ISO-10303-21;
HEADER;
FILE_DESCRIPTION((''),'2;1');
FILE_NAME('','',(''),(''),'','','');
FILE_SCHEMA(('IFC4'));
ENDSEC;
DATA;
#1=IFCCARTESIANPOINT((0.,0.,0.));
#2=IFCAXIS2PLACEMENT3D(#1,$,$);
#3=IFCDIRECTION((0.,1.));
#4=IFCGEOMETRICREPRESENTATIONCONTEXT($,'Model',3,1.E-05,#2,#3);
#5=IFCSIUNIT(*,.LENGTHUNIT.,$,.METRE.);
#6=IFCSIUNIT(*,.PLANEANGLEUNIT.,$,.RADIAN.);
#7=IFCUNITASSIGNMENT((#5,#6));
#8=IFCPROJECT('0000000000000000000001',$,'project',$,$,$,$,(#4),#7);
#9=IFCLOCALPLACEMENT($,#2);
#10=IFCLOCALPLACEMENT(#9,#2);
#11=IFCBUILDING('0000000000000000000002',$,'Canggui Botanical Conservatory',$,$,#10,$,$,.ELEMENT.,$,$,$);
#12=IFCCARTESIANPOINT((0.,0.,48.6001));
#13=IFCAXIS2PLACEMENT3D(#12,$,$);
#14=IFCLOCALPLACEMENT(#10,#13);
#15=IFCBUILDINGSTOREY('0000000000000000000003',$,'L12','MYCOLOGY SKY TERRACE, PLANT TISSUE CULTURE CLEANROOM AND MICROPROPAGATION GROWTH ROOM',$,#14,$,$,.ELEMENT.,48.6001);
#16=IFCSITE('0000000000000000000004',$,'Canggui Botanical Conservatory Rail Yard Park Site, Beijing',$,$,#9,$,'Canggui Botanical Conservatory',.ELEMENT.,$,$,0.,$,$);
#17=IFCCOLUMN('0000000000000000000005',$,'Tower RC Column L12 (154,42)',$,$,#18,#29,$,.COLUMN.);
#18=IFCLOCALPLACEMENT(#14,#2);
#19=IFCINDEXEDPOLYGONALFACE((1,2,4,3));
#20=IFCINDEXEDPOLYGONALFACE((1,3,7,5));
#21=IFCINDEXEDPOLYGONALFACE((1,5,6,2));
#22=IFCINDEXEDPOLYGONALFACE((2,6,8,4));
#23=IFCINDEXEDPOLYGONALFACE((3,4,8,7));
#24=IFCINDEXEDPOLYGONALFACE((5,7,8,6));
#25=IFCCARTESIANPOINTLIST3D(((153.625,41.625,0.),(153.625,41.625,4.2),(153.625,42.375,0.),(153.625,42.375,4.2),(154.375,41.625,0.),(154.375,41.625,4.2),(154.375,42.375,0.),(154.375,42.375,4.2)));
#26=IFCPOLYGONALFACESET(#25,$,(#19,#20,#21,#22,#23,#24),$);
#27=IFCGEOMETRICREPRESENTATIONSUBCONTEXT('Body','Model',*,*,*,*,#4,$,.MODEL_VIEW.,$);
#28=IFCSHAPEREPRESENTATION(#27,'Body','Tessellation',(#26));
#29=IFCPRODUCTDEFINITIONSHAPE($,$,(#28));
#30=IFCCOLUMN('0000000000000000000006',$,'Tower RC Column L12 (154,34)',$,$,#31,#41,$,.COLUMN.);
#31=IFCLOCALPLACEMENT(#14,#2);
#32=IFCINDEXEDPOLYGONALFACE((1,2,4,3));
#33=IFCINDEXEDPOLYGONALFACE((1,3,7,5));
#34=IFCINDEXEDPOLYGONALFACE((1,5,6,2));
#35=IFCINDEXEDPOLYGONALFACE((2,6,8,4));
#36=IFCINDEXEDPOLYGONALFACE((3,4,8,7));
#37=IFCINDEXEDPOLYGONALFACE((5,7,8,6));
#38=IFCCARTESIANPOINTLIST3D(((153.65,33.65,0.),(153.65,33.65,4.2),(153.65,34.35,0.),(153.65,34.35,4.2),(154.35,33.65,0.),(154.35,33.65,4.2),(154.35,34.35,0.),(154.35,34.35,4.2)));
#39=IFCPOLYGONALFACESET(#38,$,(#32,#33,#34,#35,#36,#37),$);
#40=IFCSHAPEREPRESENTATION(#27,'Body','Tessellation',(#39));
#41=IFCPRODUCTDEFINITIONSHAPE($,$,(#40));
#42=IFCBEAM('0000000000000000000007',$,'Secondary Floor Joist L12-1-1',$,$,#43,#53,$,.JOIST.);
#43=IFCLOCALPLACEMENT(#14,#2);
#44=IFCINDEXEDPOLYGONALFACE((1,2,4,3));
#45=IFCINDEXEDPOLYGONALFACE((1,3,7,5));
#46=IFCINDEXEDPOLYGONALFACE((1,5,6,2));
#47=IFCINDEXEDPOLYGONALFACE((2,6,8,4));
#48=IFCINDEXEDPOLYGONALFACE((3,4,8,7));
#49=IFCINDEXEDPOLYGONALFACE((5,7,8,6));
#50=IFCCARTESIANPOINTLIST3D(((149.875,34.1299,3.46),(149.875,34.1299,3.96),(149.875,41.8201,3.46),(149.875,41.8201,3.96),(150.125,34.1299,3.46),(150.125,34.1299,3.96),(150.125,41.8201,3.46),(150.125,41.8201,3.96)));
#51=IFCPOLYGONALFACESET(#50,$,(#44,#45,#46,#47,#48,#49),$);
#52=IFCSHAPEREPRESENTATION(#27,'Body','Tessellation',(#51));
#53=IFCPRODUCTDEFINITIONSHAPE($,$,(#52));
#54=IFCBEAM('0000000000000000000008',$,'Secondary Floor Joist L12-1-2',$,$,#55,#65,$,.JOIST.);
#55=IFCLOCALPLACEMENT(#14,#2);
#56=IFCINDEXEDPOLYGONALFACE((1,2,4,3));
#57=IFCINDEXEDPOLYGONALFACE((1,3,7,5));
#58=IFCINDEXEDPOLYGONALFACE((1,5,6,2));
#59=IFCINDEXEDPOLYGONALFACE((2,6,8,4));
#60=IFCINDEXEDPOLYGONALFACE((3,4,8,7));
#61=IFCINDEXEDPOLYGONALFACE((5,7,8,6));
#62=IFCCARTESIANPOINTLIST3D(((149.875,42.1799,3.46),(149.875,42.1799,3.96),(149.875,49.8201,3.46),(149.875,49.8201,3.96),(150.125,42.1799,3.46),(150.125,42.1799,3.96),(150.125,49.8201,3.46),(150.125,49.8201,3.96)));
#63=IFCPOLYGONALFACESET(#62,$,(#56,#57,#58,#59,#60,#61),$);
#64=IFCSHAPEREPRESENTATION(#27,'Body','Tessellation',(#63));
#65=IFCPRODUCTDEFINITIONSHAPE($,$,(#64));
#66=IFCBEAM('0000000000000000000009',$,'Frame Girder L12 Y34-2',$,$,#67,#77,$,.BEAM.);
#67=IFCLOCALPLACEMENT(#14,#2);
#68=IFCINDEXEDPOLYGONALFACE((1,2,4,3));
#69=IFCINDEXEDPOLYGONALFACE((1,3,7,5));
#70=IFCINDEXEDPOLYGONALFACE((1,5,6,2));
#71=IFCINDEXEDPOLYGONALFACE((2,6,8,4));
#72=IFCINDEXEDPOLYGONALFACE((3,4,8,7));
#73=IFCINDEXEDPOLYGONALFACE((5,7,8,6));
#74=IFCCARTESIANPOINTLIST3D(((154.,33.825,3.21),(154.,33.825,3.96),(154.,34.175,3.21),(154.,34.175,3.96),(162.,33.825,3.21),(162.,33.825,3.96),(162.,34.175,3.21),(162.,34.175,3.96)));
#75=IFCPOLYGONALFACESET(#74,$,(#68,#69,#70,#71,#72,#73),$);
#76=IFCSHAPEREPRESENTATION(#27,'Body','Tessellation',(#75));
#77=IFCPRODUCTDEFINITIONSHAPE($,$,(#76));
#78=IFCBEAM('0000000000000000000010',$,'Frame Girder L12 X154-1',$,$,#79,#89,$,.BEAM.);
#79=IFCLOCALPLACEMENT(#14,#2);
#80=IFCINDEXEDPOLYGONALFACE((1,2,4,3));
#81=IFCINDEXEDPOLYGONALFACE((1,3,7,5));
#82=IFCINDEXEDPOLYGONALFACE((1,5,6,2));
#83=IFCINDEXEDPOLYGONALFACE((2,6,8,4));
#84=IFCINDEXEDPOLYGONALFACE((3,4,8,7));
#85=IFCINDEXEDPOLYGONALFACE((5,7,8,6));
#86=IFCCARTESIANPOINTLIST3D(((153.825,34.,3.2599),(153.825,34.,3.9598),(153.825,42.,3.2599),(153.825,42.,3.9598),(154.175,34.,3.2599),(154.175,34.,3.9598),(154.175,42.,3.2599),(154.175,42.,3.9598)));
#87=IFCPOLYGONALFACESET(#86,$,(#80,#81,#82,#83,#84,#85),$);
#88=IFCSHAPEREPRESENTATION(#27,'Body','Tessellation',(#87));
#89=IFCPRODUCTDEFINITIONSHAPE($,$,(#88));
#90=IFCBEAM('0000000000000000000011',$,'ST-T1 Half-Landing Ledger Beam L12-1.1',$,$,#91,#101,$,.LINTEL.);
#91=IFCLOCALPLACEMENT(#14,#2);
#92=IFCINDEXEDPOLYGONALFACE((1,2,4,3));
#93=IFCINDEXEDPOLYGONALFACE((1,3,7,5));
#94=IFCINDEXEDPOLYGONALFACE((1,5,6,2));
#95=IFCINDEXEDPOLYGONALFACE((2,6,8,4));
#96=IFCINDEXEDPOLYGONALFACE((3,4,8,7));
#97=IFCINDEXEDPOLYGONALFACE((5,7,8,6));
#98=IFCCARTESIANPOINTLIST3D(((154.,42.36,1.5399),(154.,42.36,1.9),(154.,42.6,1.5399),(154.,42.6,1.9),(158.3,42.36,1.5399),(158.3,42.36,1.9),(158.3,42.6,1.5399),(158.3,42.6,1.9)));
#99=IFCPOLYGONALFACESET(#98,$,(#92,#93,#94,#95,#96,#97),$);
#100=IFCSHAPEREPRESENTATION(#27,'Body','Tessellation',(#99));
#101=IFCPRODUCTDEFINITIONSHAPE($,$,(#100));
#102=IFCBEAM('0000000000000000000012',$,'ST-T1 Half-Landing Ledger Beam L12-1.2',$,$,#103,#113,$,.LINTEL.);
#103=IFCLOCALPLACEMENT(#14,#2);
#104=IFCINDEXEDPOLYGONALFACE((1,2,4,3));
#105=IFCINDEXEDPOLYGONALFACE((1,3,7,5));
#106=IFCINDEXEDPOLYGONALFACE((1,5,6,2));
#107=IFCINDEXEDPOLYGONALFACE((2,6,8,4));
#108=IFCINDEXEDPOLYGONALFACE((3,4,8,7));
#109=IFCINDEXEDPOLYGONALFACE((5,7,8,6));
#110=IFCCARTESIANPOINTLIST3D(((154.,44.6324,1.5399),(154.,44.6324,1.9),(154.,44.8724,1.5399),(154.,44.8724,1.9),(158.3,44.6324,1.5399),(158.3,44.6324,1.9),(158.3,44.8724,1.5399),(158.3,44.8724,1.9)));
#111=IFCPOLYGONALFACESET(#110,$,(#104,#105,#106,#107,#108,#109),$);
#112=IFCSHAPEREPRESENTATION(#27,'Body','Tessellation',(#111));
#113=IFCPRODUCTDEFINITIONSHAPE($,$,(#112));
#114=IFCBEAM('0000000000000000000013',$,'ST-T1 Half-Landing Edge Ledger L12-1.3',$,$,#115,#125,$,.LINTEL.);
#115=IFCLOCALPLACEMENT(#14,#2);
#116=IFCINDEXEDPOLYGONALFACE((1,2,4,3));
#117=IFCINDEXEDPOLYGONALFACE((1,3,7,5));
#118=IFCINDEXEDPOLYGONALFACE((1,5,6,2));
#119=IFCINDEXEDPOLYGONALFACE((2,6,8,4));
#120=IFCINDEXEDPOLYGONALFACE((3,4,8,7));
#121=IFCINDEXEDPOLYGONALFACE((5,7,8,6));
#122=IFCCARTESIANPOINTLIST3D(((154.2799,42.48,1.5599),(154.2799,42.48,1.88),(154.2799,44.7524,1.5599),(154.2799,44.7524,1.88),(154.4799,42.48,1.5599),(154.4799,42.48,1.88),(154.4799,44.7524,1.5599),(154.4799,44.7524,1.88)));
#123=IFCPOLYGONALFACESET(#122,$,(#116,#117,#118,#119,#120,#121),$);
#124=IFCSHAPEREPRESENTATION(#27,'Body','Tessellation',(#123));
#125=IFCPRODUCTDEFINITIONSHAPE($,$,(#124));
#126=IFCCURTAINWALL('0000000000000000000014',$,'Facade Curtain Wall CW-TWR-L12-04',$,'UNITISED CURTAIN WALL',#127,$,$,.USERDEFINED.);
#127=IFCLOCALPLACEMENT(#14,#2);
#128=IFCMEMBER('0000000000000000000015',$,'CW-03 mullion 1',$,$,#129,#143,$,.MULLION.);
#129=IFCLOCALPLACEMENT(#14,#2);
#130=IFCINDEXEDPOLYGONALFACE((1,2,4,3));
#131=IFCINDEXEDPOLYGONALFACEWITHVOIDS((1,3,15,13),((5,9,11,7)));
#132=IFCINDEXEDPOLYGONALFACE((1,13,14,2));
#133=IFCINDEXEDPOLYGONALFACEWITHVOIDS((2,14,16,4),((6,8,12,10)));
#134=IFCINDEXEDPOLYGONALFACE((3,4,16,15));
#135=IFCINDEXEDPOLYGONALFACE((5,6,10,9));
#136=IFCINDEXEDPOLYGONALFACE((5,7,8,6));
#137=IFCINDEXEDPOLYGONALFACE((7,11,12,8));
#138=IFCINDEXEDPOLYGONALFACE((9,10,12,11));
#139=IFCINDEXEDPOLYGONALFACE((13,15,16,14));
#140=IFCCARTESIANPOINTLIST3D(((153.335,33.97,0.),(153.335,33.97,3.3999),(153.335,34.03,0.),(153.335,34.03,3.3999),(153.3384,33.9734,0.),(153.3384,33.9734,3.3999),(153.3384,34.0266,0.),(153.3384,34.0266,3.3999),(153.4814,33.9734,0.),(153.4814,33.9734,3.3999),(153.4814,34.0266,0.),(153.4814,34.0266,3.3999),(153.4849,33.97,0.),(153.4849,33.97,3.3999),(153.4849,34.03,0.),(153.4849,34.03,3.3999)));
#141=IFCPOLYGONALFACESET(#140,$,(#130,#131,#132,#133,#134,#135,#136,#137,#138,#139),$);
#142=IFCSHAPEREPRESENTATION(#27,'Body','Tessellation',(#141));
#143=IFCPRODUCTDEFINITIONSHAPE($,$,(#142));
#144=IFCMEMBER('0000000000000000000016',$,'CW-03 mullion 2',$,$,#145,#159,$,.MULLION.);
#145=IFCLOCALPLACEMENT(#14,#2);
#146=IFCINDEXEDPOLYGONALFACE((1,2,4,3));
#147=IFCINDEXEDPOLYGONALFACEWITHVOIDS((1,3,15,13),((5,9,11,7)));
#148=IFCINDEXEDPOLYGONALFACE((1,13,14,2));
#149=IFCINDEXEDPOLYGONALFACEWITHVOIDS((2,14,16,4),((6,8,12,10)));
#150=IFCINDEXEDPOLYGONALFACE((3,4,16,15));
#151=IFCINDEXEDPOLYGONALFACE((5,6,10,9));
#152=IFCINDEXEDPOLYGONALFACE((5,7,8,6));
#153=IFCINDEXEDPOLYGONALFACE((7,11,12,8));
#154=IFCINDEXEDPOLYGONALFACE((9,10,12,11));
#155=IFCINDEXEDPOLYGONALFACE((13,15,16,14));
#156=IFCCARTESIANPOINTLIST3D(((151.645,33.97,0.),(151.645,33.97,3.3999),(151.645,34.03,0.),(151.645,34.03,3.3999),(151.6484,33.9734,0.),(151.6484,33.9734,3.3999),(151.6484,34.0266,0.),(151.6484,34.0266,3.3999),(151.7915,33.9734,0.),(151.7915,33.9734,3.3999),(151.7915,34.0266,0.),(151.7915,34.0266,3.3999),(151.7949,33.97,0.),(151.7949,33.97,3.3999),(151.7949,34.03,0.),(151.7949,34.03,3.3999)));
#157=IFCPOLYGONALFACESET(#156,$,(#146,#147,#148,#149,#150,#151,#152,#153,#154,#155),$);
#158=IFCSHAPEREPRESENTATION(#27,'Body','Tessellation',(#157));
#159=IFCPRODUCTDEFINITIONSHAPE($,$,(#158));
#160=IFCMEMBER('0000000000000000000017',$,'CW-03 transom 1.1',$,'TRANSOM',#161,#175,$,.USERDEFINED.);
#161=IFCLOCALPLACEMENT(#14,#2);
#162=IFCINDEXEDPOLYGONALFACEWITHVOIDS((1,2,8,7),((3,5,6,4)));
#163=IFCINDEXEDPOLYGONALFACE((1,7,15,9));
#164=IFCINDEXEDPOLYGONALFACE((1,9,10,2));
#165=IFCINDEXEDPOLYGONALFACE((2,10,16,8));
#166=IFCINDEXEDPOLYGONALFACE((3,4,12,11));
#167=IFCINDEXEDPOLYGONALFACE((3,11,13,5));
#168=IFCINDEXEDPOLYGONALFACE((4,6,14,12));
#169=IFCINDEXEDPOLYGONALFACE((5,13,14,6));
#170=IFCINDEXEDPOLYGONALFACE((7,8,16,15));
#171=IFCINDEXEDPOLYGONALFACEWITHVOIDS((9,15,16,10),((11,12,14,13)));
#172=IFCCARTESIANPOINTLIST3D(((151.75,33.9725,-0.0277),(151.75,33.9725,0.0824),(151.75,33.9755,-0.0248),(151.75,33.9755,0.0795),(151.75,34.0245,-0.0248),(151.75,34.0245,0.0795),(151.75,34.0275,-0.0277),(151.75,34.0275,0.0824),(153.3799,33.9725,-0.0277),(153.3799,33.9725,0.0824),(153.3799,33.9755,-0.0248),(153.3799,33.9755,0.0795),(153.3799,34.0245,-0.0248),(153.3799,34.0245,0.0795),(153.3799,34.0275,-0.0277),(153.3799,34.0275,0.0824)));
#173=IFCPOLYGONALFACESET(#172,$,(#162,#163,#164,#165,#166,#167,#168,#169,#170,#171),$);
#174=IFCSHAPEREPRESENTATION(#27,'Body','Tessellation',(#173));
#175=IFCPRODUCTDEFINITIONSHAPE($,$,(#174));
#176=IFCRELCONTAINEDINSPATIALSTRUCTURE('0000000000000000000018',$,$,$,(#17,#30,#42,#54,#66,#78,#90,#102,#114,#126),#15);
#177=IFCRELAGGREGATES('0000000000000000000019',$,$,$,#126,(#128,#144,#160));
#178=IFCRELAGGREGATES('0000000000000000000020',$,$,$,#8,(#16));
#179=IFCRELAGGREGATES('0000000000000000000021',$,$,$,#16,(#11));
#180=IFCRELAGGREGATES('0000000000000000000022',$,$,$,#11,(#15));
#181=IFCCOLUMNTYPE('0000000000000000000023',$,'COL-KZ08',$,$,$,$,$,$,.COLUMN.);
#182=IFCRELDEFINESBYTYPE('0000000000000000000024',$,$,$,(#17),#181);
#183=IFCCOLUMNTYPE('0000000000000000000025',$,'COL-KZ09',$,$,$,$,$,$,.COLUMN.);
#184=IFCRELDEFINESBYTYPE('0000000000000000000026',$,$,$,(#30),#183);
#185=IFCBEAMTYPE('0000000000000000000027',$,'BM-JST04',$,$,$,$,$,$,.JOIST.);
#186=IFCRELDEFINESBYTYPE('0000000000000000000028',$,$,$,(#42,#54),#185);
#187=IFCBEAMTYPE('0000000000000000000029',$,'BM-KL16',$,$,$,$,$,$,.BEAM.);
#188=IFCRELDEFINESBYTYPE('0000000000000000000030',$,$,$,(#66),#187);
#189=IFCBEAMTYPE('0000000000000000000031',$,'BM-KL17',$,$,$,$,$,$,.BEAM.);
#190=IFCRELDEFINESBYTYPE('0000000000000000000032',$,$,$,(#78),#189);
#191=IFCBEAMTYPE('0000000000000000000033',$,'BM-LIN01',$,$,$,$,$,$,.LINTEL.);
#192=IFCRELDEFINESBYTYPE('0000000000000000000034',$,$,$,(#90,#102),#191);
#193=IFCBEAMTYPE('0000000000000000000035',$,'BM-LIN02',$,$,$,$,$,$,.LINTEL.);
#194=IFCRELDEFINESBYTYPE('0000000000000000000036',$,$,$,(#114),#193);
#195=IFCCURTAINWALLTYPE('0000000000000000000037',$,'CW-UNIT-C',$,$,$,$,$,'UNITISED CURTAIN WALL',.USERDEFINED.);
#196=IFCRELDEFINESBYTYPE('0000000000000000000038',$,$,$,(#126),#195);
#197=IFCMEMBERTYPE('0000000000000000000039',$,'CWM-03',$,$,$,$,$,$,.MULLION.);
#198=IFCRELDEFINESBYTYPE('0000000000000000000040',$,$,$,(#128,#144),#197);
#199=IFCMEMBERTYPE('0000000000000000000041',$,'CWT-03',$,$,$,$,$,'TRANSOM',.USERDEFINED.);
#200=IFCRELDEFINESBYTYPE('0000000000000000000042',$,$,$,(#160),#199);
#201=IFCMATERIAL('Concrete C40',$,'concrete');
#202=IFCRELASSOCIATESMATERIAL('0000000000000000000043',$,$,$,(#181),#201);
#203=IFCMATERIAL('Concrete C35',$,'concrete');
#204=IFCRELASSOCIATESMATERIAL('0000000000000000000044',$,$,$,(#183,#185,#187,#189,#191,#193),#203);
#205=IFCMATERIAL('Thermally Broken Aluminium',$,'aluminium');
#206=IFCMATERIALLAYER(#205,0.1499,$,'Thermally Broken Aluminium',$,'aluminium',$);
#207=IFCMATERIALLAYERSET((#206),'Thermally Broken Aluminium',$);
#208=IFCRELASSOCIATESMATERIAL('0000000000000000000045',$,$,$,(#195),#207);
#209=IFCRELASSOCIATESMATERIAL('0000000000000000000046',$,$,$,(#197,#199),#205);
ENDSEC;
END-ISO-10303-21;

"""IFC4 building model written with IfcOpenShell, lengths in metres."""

from ifc_helpers import new_model, si_unit, direction, frame, origin, origin_2d, place, context, subcontext, project, spatial, rectangle, hollow_rectangle, extrude, material, layer, layer_set, material_profile, profile_set, type_object, element, aggregate, save


model = new_model("IFC4")

# Units and contexts
model_context = context("Model", 3, precision=1e-05, world=origin(), true_north=direction((0.0, 1.0)))
body_context = subcontext(model_context, "Body", "Model", "MODEL_VIEW")
ifc_project = project(units=[si_unit("LENGTHUNIT", "METRE"), si_unit("PLANEANGLEUNIT", "RADIAN")], contexts=[model_context])

# Site, building, storey
site_placement = place(None, origin())
site = spatial("IfcSite", under=ifc_project, at=site_placement, Name="Canggui Botanical Conservatory Rail Yard Park Site, Beijing", LongName="Canggui Botanical Conservatory", CompositionType="ELEMENT", RefElevation=0.0)
building_placement = place(site_placement, origin())
building = spatial("IfcBuilding", under=site, at=building_placement, Name="Canggui Botanical Conservatory", CompositionType="ELEMENT")
storey_placement = place(building_placement, frame((0.0, 0.0, 48.6001)))
storey = spatial("IfcBuildingStorey", under=building, at=storey_placement, Name="L12", Description="MYCOLOGY SKY TERRACE, PLANT TISSUE CULTURE CLEANROOM AND MICROPROPAGATION GROWTH ROOM", CompositionType="ELEMENT", Elevation=48.6001)

# Columns
ifc_material_1 = material(Name="Concrete C40", Category="concrete")
ifc_material_profile_1 = material_profile(ifc_material_1, rectangle(XDim=0.75, YDim=0.75, at=origin_2d()), Name="RC 750x750")
ifc_profile_set_1 = profile_set([ifc_material_profile_1], Name="Concrete C40")
column_type_1 = type_object("IfcColumnType", Name="COL-KZ08", PredefinedType="COLUMN", material=ifc_profile_set_1)
column_1_placement = place(storey_placement, frame((154.0, 42.0, 0.0), z_axis=(0.0, 0.0, 1.0), x_axis=(1.0, 0.0, 0.0)))
element("IfcColumn", 1, at=column_1_placement, inside=storey, type_object=column_type_1, Name="Tower RC Column L12 (154,42)", PredefinedType="COLUMN", context=body_context, shape_type="SweptSolid", body=[
    extrude(rectangle(XDim=0.75, YDim=0.75, at=origin_2d()), origin(), (0.0, 0.0, 1.0), 4.2),
])
ifc_material_2 = material(Name="Concrete C35", Category="concrete")
ifc_material_profile_2 = material_profile(ifc_material_2, rectangle(XDim=0.7, YDim=0.7, at=origin_2d()), Name="RC 700x700")
ifc_profile_set_2 = profile_set([ifc_material_profile_2], Name="Concrete C35")
column_type_2 = type_object("IfcColumnType", Name="COL-KZ09", PredefinedType="COLUMN", material=ifc_profile_set_2)
column_2_placement = place(storey_placement, frame((154.0, 34.0, 0.0), z_axis=(0.0, 0.0, 1.0), x_axis=(1.0, 0.0, 0.0)))
element("IfcColumn", 2, at=column_2_placement, inside=storey, type_object=column_type_2, Name="Tower RC Column L12 (154,34)", PredefinedType="COLUMN", context=body_context, shape_type="SweptSolid", body=[
    extrude(rectangle(XDim=0.7, YDim=0.7, at=origin_2d()), origin(), (0.0, 0.0, 1.0), 4.2),
])

# Beams
ifc_material_profile_3 = material_profile(ifc_material_2, rectangle(XDim=0.25, YDim=0.5, at=origin_2d()), Name="RB 250x500")
ifc_profile_set_3 = profile_set([ifc_material_profile_3], Name="Concrete C35")
beam_type_1 = type_object("IfcBeamType", Name="BM-JST04", PredefinedType="JOIST", material=ifc_profile_set_3)
beam_1_placement = place(storey_placement, frame((150.0, 34.1299, 3.71), z_axis=(0.0, 1.0, 0.0), x_axis=(-1.0, 0.0, 0.0)))
element("IfcBeam", 3, at=beam_1_placement, inside=storey, type_object=beam_type_1, Name="Secondary Floor Joist L12-1-1", PredefinedType="JOIST", context=body_context, shape_type="SweptSolid", body=[
    extrude(rectangle(XDim=0.25, YDim=0.5, at=origin_2d()), origin(), (0.0, 0.0, 1.0), 7.6902),
])
beam_2_placement = place(storey_placement, frame((150.0, 42.1799, 3.71), z_axis=(0.0, 1.0, 0.0), x_axis=(-1.0, 0.0, 0.0)))
element("IfcBeam", 4, at=beam_2_placement, inside=storey, type_object=beam_type_1, Name="Secondary Floor Joist L12-1-2", PredefinedType="JOIST", context=body_context, shape_type="SweptSolid", body=[
    extrude(rectangle(XDim=0.25, YDim=0.5, at=origin_2d()), origin(), (0.0, 0.0, 1.0), 7.6401),
])
ifc_material_profile_4 = material_profile(ifc_material_2, rectangle(XDim=0.3501, YDim=0.75, at=origin_2d()), Name="RB 350x750")
ifc_profile_set_4 = profile_set([ifc_material_profile_4], Name="Concrete C35")
beam_type_2 = type_object("IfcBeamType", Name="BM-KL16", PredefinedType="BEAM", material=ifc_profile_set_4)
beam_3_placement = place(storey_placement, frame((154.0, 34.0, 3.585), z_axis=(1.0, 0.0, 0.0), x_axis=(0.0, 1.0, 0.0)))
element("IfcBeam", 5, at=beam_3_placement, inside=storey, type_object=beam_type_2, Name="Frame Girder L12 Y34-2", PredefinedType="BEAM", context=body_context, shape_type="SweptSolid", body=[
    extrude(rectangle(XDim=0.3501, YDim=0.75, at=origin_2d()), origin(), (0.0, 0.0, 1.0), 8.0),
])
ifc_material_profile_5 = material_profile(ifc_material_2, rectangle(XDim=0.3501, YDim=0.7, at=origin_2d()), Name="RB 350x700")
ifc_profile_set_5 = profile_set([ifc_material_profile_5], Name="Concrete C35")
beam_type_3 = type_object("IfcBeamType", Name="BM-KL17", PredefinedType="BEAM", material=ifc_profile_set_5)
beam_4_placement = place(storey_placement, frame((154.0, 34.0, 3.6099), z_axis=(0.0, 1.0, 0.0), x_axis=(-1.0, 0.0, 0.0)))
element("IfcBeam", 6, at=beam_4_placement, inside=storey, type_object=beam_type_3, Name="Frame Girder L12 X154-1", PredefinedType="BEAM", context=body_context, shape_type="SweptSolid", body=[
    extrude(rectangle(XDim=0.3501, YDim=0.7, at=origin_2d()), origin(), (0.0, 0.0, 1.0), 8.0),
])
ifc_material_profile_6 = material_profile(ifc_material_2, rectangle(XDim=0.24, YDim=0.3601, at=origin_2d()), Name="RB 240x360")
ifc_profile_set_6 = profile_set([ifc_material_profile_6], Name="Concrete C35")
beam_type_4 = type_object("IfcBeamType", Name="BM-LIN01", PredefinedType="LINTEL", material=ifc_profile_set_6)
for number, where, z_axis, x_axis, name in (
    (7, (154.0, 42.48, 1.72), (1.0, 0.0, 0.0), (0.0, 1.0, 0.0), "ST-T1 Half-Landing Ledger Beam L12-1.1"),
    (8, (154.0, 44.7524, 1.72), (1.0, 0.0, 0.0), (0.0, 1.0, 0.0), "ST-T1 Half-Landing Ledger Beam L12-1.2"),
):
    element("IfcBeam", number, at=place(storey_placement, frame(where, z_axis=z_axis, x_axis=x_axis)), inside=storey, type_object=beam_type_4, Name=name, PredefinedType="LINTEL", context=body_context, shape_type="SweptSolid", body=[
        extrude(rectangle(XDim=0.24, YDim=0.3601, at=origin_2d()), origin(), (0.0, 0.0, 1.0), 4.3),
    ])
ifc_material_profile_7 = material_profile(ifc_material_2, rectangle(XDim=0.2, YDim=0.3201, at=origin_2d()), Name="RB 200x320")
ifc_profile_set_7 = profile_set([ifc_material_profile_7], Name="Concrete C35")
beam_type_5 = type_object("IfcBeamType", Name="BM-LIN02", PredefinedType="LINTEL", material=ifc_profile_set_7)
beam_5_placement = place(storey_placement, frame((154.3799, 42.48, 1.72), z_axis=(0.0, 1.0, 0.0), x_axis=(-1.0, 0.0, 0.0)))
element("IfcBeam", 9, at=beam_5_placement, inside=storey, type_object=beam_type_5, Name="ST-T1 Half-Landing Edge Ledger L12-1.3", PredefinedType="LINTEL", context=body_context, shape_type="SweptSolid", body=[
    extrude(rectangle(XDim=0.2, YDim=0.3201, at=origin_2d()), origin(), (0.0, 0.0, 1.0), 2.2725),
])

# Curtain wall, members
ifc_material_3 = material(Name="Thermally Broken Aluminium", Category="aluminium")
ifc_layer_1 = layer(ifc_material_3, 0.1499, Name="Thermally Broken Aluminium", Category="aluminium")
ifc_layer_set_1 = layer_set([ifc_layer_1], Name="Thermally Broken Aluminium")
curtain_wall_type = type_object("IfcCurtainWallType", Name="CW-UNIT-C", ElementType="UNITISED CURTAIN WALL", PredefinedType="USERDEFINED", material=ifc_layer_set_1)
curtain_wall_placement = place(storey_placement, origin())
curtain_wall = element("IfcCurtainWall", 10, at=curtain_wall_placement, inside=storey, type_object=curtain_wall_type, Name="Facade Curtain Wall CW-TWR-L12-04", ObjectType="UNITISED CURTAIN WALL", PredefinedType="USERDEFINED")
ifc_material_profile_8 = material_profile(ifc_material_3, hollow_rectangle(XDim=0.0601, YDim=0.1499, WallThickness=0.0034, at=origin_2d()), Name="CWM 60x150x3.5")
ifc_profile_set_8 = profile_set([ifc_material_profile_8], Name="Thermally Broken Aluminium")
member_type_1 = type_object("IfcMemberType", Name="CWM-03", PredefinedType="MULLION", material=ifc_profile_set_8)
member_1_placement = place(storey_placement, frame((153.4099, 34.0, 0.0), z_axis=(0.0, 0.0, 1.0), x_axis=(0.0, -1.0, 0.0)))
member_1 = element("IfcMember", 11, at=member_1_placement, type_object=member_type_1, Name="CW-03 mullion 1", PredefinedType="MULLION", context=body_context, shape_type="SweptSolid", body=[
    extrude(hollow_rectangle(XDim=0.0601, YDim=0.1499, WallThickness=0.0034, at=origin_2d()), origin(), (0.0, 0.0, 1.0), 3.3999),
])
member_2_placement = place(storey_placement, frame((151.72, 34.0, 0.0), z_axis=(0.0, 0.0, 1.0), x_axis=(0.0, -1.0, 0.0)))
member_2 = element("IfcMember", 12, at=member_2_placement, type_object=member_type_1, Name="CW-03 mullion 2", PredefinedType="MULLION", context=body_context, shape_type="SweptSolid", body=[
    extrude(hollow_rectangle(XDim=0.0601, YDim=0.1499, WallThickness=0.0034, at=origin_2d()), origin(), (0.0, 0.0, 1.0), 3.3999),
])
ifc_material_profile_9 = material_profile(ifc_material_3, hollow_rectangle(XDim=0.0549, YDim=0.1101, WallThickness=0.0029, at=origin_2d()), Name="CWT 55x110x3")
ifc_profile_set_9 = profile_set([ifc_material_profile_9], Name="Thermally Broken Aluminium")
member_type_2 = type_object("IfcMemberType", Name="CWT-03", ElementType="TRANSOM", PredefinedType="USERDEFINED", material=ifc_profile_set_9)
member_3_placement = place(storey_placement, frame((153.3799, 34.0, 0.0273), z_axis=(-1.0, 0.0, 0.0), x_axis=(0.0, -1.0, 0.0)))
member_3 = element("IfcMember", 13, at=member_3_placement, type_object=member_type_2, Name="CW-03 transom 1.1", ObjectType="TRANSOM", PredefinedType="USERDEFINED", context=body_context, shape_type="SweptSolid", body=[
    extrude(hollow_rectangle(XDim=0.0549, YDim=0.1101, WallThickness=0.0029, at=origin_2d()), origin(), (0.0, 0.0, 1.0), 1.6299),
])
aggregate(curtain_wall, [member_1, member_2, member_3])

save(model, "model.ifc")
